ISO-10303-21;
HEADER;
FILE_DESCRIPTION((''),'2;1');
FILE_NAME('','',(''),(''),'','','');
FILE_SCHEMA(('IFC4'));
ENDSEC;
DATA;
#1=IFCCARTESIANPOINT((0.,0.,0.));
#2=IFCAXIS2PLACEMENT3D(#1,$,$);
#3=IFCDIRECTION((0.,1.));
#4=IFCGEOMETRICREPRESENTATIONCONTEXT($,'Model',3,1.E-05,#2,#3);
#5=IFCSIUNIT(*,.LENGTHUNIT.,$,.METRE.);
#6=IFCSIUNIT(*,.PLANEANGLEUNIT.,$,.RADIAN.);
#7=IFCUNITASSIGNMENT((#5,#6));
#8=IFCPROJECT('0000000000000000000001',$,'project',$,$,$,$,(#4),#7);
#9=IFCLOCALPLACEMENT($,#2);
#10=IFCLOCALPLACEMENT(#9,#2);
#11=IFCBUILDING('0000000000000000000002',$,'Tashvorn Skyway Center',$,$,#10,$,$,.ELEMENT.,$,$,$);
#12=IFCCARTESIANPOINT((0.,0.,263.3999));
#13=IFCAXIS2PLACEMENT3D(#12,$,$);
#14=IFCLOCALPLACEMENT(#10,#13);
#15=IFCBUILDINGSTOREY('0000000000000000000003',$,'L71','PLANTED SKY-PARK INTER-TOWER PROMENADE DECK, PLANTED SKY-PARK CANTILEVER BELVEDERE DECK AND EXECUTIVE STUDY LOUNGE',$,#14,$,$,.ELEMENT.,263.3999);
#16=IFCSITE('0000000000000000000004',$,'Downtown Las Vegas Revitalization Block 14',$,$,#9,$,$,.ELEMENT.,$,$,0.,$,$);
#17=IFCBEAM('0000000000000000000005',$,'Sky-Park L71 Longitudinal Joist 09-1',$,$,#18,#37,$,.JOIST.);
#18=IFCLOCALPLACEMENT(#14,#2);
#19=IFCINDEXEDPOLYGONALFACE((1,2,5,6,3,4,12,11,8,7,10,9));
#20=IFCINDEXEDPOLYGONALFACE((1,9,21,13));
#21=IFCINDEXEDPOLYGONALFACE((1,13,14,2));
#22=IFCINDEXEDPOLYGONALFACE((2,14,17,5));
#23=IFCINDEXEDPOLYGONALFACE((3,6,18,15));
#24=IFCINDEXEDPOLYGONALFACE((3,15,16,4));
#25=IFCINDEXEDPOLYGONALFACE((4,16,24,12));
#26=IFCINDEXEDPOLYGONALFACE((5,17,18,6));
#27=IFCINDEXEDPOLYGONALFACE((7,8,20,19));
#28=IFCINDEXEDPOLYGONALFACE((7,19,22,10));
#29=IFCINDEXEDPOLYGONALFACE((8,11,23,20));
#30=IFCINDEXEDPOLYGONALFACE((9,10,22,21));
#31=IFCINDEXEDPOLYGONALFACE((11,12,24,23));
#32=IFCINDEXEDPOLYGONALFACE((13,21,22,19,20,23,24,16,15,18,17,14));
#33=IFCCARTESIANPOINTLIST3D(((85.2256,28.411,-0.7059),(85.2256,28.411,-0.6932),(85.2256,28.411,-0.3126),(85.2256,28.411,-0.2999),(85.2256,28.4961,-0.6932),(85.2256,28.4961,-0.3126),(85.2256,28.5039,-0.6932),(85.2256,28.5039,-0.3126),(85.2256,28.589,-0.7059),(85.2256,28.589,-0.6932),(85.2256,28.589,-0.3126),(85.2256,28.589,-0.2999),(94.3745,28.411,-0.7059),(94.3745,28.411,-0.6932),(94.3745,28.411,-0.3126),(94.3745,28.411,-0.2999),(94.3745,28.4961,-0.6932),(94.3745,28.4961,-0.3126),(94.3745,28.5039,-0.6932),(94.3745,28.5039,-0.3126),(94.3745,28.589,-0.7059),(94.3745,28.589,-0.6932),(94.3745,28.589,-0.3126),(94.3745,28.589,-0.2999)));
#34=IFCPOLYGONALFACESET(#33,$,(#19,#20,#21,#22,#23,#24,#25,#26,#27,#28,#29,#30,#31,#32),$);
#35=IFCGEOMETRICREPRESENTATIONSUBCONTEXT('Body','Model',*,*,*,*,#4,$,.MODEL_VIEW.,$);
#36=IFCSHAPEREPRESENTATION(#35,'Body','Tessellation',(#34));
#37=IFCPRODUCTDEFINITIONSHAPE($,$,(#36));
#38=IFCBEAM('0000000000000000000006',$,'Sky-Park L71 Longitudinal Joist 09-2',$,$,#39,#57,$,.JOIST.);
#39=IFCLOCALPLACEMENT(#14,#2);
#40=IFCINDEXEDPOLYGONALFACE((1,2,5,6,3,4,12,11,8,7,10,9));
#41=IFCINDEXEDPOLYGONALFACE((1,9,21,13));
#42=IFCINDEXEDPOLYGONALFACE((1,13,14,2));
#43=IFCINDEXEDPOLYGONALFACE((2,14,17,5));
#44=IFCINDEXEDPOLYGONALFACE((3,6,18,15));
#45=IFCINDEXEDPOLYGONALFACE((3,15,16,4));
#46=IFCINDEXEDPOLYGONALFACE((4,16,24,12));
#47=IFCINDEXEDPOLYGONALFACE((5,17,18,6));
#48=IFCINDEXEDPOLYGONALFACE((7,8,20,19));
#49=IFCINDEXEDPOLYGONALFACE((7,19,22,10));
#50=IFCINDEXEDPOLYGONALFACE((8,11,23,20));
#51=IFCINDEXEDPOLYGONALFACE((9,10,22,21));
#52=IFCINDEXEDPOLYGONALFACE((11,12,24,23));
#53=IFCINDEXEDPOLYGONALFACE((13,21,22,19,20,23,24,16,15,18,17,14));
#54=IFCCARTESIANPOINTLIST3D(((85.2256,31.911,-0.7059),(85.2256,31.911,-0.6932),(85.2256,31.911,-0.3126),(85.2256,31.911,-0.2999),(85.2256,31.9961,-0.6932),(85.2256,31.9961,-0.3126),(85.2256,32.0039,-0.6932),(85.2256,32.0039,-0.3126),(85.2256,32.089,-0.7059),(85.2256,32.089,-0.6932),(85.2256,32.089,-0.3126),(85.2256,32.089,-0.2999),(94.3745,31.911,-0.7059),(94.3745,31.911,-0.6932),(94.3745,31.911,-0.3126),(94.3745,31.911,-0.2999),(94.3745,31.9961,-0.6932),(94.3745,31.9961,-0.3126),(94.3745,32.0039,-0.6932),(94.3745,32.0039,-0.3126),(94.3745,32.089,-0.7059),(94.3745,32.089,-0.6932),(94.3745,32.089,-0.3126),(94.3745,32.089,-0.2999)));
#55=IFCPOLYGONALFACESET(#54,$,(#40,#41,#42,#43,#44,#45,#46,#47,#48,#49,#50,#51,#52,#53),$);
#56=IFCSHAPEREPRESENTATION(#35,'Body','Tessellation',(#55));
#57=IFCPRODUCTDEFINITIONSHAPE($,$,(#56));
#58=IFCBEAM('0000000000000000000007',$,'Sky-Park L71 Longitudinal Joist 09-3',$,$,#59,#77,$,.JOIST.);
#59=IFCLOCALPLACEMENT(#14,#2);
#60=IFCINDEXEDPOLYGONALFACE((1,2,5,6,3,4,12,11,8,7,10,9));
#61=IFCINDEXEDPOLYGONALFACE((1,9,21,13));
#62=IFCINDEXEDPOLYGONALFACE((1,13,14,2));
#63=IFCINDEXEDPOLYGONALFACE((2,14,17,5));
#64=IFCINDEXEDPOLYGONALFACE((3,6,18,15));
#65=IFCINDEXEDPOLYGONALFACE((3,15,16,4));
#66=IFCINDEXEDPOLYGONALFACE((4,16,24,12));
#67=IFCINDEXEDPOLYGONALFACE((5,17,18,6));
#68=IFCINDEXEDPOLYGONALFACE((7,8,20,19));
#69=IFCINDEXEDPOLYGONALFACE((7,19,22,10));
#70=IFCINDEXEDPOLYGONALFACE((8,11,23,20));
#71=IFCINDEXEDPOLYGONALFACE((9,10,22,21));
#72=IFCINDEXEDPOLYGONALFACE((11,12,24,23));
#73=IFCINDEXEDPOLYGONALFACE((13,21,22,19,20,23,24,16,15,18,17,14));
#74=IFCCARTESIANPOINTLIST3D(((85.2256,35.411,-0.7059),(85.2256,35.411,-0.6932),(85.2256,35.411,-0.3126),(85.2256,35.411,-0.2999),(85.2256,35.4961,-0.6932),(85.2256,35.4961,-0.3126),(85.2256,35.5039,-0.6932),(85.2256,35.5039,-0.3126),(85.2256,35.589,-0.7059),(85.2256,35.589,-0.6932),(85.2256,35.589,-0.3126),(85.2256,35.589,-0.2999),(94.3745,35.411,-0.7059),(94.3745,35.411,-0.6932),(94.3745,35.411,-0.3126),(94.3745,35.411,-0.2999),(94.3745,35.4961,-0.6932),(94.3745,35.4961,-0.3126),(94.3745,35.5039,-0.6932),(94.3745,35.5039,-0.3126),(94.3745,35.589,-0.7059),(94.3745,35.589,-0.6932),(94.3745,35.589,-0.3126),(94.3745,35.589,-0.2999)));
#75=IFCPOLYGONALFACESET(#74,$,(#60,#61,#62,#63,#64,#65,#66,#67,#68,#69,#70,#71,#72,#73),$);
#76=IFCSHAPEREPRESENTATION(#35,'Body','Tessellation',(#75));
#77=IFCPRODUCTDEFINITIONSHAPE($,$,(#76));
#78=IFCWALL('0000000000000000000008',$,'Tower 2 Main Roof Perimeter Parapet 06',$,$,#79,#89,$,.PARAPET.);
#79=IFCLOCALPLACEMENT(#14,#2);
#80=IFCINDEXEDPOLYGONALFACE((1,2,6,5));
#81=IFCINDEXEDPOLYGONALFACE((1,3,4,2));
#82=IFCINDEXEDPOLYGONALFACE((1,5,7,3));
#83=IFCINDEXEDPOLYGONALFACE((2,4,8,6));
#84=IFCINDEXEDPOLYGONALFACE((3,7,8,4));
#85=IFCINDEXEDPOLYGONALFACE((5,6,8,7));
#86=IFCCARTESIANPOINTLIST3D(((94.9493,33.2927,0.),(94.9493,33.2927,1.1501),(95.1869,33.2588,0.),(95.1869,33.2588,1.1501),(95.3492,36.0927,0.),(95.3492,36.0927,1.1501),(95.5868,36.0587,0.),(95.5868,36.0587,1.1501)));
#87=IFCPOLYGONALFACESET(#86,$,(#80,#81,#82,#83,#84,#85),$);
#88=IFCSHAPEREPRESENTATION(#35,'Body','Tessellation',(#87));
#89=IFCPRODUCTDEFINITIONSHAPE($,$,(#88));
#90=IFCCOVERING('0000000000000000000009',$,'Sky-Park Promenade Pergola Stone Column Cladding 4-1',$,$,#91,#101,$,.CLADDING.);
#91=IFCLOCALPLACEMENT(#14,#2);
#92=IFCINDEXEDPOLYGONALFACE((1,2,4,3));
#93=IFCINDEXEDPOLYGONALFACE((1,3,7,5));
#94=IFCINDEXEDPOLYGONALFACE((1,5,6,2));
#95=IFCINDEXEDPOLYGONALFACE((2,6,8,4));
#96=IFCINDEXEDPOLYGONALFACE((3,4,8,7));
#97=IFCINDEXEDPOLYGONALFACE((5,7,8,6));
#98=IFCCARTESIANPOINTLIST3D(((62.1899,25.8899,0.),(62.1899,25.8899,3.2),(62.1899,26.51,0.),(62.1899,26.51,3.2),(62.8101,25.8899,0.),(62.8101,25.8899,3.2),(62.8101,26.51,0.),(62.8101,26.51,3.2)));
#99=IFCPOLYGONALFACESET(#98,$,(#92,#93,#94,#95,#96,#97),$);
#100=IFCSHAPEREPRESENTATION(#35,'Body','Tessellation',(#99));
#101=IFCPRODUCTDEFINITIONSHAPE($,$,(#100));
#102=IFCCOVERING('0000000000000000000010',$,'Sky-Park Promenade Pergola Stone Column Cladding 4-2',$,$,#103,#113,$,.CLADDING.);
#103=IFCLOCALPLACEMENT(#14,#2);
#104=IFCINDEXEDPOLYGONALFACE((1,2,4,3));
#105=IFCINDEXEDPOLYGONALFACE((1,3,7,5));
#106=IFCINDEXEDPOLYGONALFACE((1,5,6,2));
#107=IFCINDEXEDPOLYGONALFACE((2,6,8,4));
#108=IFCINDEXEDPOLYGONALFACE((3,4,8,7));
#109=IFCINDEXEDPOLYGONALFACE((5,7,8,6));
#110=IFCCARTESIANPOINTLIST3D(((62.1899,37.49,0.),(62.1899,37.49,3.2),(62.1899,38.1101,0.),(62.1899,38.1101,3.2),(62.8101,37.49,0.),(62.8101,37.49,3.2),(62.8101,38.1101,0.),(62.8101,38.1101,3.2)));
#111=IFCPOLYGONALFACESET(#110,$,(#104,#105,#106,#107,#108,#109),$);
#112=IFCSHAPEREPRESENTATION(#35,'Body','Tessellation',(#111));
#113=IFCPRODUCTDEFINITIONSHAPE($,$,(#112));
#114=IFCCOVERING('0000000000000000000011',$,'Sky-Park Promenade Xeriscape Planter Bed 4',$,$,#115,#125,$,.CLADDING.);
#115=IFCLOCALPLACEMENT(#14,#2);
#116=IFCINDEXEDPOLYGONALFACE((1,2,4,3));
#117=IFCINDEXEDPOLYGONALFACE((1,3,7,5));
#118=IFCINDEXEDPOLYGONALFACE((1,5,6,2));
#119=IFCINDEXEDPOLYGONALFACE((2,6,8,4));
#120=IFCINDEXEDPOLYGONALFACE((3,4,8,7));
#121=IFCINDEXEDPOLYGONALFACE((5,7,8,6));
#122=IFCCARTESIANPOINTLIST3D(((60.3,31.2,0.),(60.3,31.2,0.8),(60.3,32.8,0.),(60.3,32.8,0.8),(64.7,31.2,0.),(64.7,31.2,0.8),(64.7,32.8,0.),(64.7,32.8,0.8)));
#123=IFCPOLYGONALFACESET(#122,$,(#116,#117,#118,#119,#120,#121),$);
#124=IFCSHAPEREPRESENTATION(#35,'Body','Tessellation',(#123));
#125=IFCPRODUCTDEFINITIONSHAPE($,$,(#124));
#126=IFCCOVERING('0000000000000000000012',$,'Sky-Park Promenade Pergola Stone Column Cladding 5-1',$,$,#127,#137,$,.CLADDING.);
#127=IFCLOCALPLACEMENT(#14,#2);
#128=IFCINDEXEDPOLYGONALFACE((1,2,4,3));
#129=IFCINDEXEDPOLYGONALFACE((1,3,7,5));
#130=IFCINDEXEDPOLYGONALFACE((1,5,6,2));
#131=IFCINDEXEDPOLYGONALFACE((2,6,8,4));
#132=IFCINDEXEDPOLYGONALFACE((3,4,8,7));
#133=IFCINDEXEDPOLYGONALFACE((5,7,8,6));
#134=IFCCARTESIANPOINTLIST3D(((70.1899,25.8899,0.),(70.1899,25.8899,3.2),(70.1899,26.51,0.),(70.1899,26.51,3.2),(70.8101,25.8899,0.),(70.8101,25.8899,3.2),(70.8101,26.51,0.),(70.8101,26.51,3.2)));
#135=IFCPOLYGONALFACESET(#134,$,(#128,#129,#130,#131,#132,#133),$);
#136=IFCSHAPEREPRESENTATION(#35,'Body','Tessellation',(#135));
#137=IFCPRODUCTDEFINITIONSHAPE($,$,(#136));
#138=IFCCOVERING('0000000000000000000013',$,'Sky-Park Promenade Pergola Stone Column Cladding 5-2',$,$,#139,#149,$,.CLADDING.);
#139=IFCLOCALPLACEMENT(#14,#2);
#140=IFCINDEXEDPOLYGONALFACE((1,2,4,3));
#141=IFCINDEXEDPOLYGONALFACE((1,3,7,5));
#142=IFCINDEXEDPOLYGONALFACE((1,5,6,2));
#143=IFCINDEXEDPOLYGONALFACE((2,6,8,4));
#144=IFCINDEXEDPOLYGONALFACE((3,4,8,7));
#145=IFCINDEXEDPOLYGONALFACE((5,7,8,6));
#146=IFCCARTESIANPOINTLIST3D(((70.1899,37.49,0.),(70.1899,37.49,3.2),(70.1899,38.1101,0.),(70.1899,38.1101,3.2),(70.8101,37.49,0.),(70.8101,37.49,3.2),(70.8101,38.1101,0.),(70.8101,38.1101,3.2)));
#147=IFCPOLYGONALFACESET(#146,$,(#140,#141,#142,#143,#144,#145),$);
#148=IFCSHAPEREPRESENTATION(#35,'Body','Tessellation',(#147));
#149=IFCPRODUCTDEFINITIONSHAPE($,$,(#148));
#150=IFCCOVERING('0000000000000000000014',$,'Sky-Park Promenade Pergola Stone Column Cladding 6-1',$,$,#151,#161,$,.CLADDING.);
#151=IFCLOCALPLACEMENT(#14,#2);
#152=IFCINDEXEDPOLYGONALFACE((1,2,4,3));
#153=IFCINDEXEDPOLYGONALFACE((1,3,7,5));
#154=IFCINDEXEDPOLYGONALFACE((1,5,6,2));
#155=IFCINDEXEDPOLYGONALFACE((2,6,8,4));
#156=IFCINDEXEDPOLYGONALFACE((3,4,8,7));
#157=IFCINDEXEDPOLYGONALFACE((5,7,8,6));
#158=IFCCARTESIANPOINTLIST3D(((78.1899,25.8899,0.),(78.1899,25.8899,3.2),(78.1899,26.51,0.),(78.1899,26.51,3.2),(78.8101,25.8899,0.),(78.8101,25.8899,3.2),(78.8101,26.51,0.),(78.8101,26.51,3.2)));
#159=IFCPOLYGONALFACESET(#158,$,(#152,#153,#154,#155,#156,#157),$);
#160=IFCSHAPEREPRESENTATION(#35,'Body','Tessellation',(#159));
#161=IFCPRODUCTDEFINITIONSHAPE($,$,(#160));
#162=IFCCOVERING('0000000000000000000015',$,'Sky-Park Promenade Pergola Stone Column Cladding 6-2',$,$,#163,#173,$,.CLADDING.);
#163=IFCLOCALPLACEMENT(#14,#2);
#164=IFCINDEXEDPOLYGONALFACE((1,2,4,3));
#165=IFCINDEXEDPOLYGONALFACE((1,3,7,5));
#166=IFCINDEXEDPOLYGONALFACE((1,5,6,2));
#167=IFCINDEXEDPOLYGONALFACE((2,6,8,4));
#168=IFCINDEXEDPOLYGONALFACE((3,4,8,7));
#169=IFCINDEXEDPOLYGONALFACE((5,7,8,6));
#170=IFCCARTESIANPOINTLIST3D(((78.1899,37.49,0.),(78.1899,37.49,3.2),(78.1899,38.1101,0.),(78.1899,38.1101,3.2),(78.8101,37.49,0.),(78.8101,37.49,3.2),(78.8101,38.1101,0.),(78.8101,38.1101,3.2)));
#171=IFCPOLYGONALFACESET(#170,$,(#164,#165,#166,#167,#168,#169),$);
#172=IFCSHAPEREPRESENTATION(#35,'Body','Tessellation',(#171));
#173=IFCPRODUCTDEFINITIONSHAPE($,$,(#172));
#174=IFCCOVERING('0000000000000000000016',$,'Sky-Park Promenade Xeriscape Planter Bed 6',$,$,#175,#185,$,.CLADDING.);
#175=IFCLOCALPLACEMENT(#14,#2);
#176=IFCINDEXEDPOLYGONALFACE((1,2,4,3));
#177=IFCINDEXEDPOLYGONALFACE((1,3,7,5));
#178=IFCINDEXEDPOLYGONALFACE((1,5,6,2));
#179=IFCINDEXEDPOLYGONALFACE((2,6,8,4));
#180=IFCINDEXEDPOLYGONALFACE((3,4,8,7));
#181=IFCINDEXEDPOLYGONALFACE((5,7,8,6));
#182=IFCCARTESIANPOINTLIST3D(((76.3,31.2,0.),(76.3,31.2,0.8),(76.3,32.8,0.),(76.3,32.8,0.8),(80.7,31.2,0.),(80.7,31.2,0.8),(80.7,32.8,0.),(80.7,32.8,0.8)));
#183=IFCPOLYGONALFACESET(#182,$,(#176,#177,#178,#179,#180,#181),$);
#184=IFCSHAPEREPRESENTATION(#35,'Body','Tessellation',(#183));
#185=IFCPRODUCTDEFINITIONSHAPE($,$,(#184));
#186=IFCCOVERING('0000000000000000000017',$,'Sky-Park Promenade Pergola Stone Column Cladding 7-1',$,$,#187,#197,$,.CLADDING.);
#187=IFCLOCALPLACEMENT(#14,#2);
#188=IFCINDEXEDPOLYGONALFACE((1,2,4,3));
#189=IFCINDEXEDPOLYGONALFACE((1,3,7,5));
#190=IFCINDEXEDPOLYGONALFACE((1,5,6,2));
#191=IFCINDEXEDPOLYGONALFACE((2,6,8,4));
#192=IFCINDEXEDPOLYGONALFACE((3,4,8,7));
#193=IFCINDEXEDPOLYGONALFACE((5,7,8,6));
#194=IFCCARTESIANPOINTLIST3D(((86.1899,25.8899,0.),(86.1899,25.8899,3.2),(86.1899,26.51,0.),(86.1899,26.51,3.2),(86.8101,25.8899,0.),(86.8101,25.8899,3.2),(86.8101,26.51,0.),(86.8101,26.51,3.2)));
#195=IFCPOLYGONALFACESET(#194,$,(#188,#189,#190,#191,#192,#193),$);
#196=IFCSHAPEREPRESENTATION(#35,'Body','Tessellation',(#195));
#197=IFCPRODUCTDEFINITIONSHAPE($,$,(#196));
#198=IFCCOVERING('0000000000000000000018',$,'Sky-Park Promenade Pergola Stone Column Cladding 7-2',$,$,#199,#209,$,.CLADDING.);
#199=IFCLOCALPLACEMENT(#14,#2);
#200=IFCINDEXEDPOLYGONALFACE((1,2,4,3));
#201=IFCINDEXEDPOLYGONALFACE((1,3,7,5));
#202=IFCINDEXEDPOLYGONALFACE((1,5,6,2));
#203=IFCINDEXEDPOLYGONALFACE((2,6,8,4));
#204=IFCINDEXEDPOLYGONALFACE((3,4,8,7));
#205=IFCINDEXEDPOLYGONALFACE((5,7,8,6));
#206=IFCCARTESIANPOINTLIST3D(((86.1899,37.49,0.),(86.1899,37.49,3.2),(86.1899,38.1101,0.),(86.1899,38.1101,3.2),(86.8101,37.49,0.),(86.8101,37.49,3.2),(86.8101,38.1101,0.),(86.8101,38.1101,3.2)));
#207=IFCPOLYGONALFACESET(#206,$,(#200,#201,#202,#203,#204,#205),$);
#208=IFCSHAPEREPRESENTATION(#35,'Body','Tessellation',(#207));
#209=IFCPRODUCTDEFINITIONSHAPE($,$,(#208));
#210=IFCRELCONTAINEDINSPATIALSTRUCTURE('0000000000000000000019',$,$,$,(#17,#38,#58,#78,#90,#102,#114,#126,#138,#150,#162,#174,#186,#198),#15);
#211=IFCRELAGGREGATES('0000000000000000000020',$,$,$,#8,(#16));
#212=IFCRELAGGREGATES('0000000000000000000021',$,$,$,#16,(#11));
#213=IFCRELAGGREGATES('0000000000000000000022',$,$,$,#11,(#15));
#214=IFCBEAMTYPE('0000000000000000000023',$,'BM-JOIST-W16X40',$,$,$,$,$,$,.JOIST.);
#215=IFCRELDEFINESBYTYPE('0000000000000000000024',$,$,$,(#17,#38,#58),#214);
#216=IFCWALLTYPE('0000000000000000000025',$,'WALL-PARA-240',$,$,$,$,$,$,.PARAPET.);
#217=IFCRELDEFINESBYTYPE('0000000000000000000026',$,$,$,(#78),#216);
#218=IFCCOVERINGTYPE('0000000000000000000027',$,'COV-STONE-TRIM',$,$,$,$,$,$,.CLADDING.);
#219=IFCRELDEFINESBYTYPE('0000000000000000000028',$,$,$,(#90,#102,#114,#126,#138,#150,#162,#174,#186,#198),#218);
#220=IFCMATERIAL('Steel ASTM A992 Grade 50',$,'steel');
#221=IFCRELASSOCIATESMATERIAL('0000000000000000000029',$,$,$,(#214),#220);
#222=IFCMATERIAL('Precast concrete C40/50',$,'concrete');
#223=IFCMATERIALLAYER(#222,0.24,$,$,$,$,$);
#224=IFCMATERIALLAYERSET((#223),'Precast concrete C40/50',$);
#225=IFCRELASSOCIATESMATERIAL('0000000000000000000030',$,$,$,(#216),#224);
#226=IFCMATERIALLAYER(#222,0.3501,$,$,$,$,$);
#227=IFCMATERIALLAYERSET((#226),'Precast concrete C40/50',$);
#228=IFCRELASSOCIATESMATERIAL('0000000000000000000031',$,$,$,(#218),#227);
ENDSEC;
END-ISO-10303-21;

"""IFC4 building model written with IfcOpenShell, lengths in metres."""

from ifc_helpers import new_model, si_unit, direction, frame, frame_2d, origin, origin_2d, place, context, subcontext, project, spatial, rectangle, i_section, extrude, material, layer, layer_set, material_profile, profile_set, type_object, element, save


model = new_model("IFC4")

# Units and contexts
model_context = context("Model", 3, precision=1e-05, world=origin(), true_north=direction((0.0, 1.0)))
body_context = subcontext(model_context, "Body", "Model", "MODEL_VIEW")
ifc_project = project(units=[si_unit("LENGTHUNIT", "METRE"), si_unit("PLANEANGLEUNIT", "RADIAN")], contexts=[model_context])

# Site, building, storey
site_placement = place(None, origin())
site = spatial("IfcSite", under=ifc_project, at=site_placement, Name="Downtown Las Vegas Revitalization Block 14", CompositionType="ELEMENT", RefElevation=0.0)
building_placement = place(site_placement, origin())
building = spatial("IfcBuilding", under=site, at=building_placement, Name="Tashvorn Skyway Center", CompositionType="ELEMENT")
storey_placement = place(building_placement, frame((0.0, 0.0, 263.3999)))
storey = spatial("IfcBuildingStorey", under=building, at=storey_placement, Name="L71", Description="PLANTED SKY-PARK INTER-TOWER PROMENADE DECK, PLANTED SKY-PARK CANTILEVER BELVEDERE DECK AND EXECUTIVE STUDY LOUNGE", CompositionType="ELEMENT", Elevation=263.3999)

# Beams
ifc_material_1 = material(Name="Steel ASTM A992 Grade 50", Category="steel")
ifc_material_profile_1 = material_profile(ifc_material_1, i_section(OverallWidth=0.178, OverallDepth=0.406, WebThickness=0.0078, FlangeThickness=0.0127, at=origin_2d()), Name="W16X40")
ifc_profile_set_1 = profile_set([ifc_material_profile_1], Name="Steel ASTM A992 Grade 50")
beam_type_1 = type_object("IfcBeamType", Name="BM-JOIST-W16X40", PredefinedType="JOIST", material=ifc_profile_set_1)
for number, where, z_axis, x_axis, name in (
    (1, (85.2256, 28.5, -0.5029), (1.0, 0.0, 0.0), (0.0, 1.0, 0.0), "Sky-Park L71 Longitudinal Joist 09-1"),
    (2, (85.2256, 32.0, -0.5029), (1.0, 0.0, 0.0), (0.0, 1.0, 0.0), "Sky-Park L71 Longitudinal Joist 09-2"),
    (3, (85.2256, 35.5, -0.5029), (1.0, 0.0, 0.0), (0.0, 1.0, 0.0), "Sky-Park L71 Longitudinal Joist 09-3"),
):
    element("IfcBeam", number, at=place(storey_placement, frame(where, z_axis=z_axis, x_axis=x_axis)), inside=storey, type_object=beam_type_1, Name=name, PredefinedType="JOIST", context=body_context, shape_type="SweptSolid", body=[
        extrude(i_section(OverallWidth=0.178, OverallDepth=0.406, WebThickness=0.0078, FlangeThickness=0.0127, at=origin_2d()), origin(), (0.0, 0.0, 1.0), 9.1489),
    ])

# Wall
ifc_material_2 = material(Name="Precast concrete C40/50", Category="concrete")
ifc_layer_1 = layer(ifc_material_2, 0.24)
ifc_layer_set_1 = layer_set([ifc_layer_1], Name="Precast concrete C40/50")
wall_type = type_object("IfcWallType", Name="WALL-PARA-240", PredefinedType="PARAPET", material=ifc_layer_set_1)
wall_placement = place(storey_placement, frame((95.0681, 33.2759, 0.0), z_axis=(0.0, 0.0, 1.0), x_axis=(0.141385, 0.989955, 0.0)))
element("IfcWall", 4, at=wall_placement, inside=storey, type_object=wall_type, Name="Tower 2 Main Roof Perimeter Parapet 06", PredefinedType="PARAPET", context=body_context, shape_type="SweptSolid", body=[
    extrude(rectangle(XDim=2.8284, YDim=0.24, at=frame_2d((1.4141, 0.0))), origin(), (0.0, 0.0, 1.0), 1.1501),
])

# Coverings
ifc_layer_2 = layer(ifc_material_2, 0.3501)
ifc_layer_set_2 = layer_set([ifc_layer_2], Name="Precast concrete C40/50")
covering_type = type_object("IfcCoveringType", Name="COV-STONE-TRIM", PredefinedType="CLADDING", material=ifc_layer_set_2)
for number, where, z_axis, x_axis, name in (
    (5, (62.5, 26.2, 0.0), (0.0, 0.0, 1.0), (1.0, 0.0, 0.0), "Sky-Park Promenade Pergola Stone Column Cladding 4-1"),
    (6, (62.5, 37.8, 0.0), (0.0, 0.0, 1.0), (1.0, 0.0, 0.0), "Sky-Park Promenade Pergola Stone Column Cladding 4-2"),
):
    element("IfcCovering", number, at=place(storey_placement, frame(where, z_axis=z_axis, x_axis=x_axis)), inside=storey, type_object=covering_type, Name=name, PredefinedType="CLADDING", context=body_context, shape_type="SweptSolid", body=[
        extrude(rectangle(XDim=0.6201, YDim=0.6201, at=origin_2d()), origin(), (0.0, 0.0, 1.0), 3.2),
    ])
covering_1_placement = place(storey_placement, frame((62.5, 32.0, 0.0), z_axis=(0.0, 0.0, 1.0), x_axis=(1.0, 0.0, 0.0)))
element("IfcCovering", 7, at=covering_1_placement, inside=storey, type_object=covering_type, Name="Sky-Park Promenade Xeriscape Planter Bed 4", PredefinedType="CLADDING", context=body_context, shape_type="SweptSolid", body=[
    extrude(rectangle(XDim=4.3999, YDim=1.6001, at=origin_2d()), origin(), (0.0, 0.0, 1.0), 0.8),
])
for number, where, z_axis, x_axis, name in (
    (8, (70.5, 26.2, 0.0), (0.0, 0.0, 1.0), (1.0, 0.0, 0.0), "Sky-Park Promenade Pergola Stone Column Cladding 5-1"),
    (9, (70.5, 37.8, 0.0), (0.0, 0.0, 1.0), (1.0, 0.0, 0.0), "Sky-Park Promenade Pergola Stone Column Cladding 5-2"),
    (10, (78.5, 26.2, 0.0), (0.0, 0.0, 1.0), (1.0, 0.0, 0.0), "Sky-Park Promenade Pergola Stone Column Cladding 6-1"),
    (11, (78.5, 37.8, 0.0), (0.0, 0.0, 1.0), (1.0, 0.0, 0.0), "Sky-Park Promenade Pergola Stone Column Cladding 6-2"),
):
    element("IfcCovering", number, at=place(storey_placement, frame(where, z_axis=z_axis, x_axis=x_axis)), inside=storey, type_object=covering_type, Name=name, PredefinedType="CLADDING", context=body_context, shape_type="SweptSolid", body=[
        extrude(rectangle(XDim=0.6201, YDim=0.6201, at=origin_2d()), origin(), (0.0, 0.0, 1.0), 3.2),
    ])
covering_2_placement = place(storey_placement, frame((78.5, 32.0, 0.0), z_axis=(0.0, 0.0, 1.0), x_axis=(1.0, 0.0, 0.0)))
element("IfcCovering", 12, at=covering_2_placement, inside=storey, type_object=covering_type, Name="Sky-Park Promenade Xeriscape Planter Bed 6", PredefinedType="CLADDING", context=body_context, shape_type="SweptSolid", body=[
    extrude(rectangle(XDim=4.3999, YDim=1.6001, at=origin_2d()), origin(), (0.0, 0.0, 1.0), 0.8),
])
for number, where, z_axis, x_axis, name in (
    (13, (86.5, 26.2, 0.0), (0.0, 0.0, 1.0), (1.0, 0.0, 0.0), "Sky-Park Promenade Pergola Stone Column Cladding 7-1"),
    (14, (86.5, 37.8, 0.0), (0.0, 0.0, 1.0), (1.0, 0.0, 0.0), "Sky-Park Promenade Pergola Stone Column Cladding 7-2"),
):
    element("IfcCovering", number, at=place(storey_placement, frame(where, z_axis=z_axis, x_axis=x_axis)), inside=storey, type_object=covering_type, Name=name, PredefinedType="CLADDING", context=body_context, shape_type="SweptSolid", body=[
        extrude(rectangle(XDim=0.6201, YDim=0.6201, at=origin_2d()), origin(), (0.0, 0.0, 1.0), 3.2),
    ])

save(model, "model.ifc")
